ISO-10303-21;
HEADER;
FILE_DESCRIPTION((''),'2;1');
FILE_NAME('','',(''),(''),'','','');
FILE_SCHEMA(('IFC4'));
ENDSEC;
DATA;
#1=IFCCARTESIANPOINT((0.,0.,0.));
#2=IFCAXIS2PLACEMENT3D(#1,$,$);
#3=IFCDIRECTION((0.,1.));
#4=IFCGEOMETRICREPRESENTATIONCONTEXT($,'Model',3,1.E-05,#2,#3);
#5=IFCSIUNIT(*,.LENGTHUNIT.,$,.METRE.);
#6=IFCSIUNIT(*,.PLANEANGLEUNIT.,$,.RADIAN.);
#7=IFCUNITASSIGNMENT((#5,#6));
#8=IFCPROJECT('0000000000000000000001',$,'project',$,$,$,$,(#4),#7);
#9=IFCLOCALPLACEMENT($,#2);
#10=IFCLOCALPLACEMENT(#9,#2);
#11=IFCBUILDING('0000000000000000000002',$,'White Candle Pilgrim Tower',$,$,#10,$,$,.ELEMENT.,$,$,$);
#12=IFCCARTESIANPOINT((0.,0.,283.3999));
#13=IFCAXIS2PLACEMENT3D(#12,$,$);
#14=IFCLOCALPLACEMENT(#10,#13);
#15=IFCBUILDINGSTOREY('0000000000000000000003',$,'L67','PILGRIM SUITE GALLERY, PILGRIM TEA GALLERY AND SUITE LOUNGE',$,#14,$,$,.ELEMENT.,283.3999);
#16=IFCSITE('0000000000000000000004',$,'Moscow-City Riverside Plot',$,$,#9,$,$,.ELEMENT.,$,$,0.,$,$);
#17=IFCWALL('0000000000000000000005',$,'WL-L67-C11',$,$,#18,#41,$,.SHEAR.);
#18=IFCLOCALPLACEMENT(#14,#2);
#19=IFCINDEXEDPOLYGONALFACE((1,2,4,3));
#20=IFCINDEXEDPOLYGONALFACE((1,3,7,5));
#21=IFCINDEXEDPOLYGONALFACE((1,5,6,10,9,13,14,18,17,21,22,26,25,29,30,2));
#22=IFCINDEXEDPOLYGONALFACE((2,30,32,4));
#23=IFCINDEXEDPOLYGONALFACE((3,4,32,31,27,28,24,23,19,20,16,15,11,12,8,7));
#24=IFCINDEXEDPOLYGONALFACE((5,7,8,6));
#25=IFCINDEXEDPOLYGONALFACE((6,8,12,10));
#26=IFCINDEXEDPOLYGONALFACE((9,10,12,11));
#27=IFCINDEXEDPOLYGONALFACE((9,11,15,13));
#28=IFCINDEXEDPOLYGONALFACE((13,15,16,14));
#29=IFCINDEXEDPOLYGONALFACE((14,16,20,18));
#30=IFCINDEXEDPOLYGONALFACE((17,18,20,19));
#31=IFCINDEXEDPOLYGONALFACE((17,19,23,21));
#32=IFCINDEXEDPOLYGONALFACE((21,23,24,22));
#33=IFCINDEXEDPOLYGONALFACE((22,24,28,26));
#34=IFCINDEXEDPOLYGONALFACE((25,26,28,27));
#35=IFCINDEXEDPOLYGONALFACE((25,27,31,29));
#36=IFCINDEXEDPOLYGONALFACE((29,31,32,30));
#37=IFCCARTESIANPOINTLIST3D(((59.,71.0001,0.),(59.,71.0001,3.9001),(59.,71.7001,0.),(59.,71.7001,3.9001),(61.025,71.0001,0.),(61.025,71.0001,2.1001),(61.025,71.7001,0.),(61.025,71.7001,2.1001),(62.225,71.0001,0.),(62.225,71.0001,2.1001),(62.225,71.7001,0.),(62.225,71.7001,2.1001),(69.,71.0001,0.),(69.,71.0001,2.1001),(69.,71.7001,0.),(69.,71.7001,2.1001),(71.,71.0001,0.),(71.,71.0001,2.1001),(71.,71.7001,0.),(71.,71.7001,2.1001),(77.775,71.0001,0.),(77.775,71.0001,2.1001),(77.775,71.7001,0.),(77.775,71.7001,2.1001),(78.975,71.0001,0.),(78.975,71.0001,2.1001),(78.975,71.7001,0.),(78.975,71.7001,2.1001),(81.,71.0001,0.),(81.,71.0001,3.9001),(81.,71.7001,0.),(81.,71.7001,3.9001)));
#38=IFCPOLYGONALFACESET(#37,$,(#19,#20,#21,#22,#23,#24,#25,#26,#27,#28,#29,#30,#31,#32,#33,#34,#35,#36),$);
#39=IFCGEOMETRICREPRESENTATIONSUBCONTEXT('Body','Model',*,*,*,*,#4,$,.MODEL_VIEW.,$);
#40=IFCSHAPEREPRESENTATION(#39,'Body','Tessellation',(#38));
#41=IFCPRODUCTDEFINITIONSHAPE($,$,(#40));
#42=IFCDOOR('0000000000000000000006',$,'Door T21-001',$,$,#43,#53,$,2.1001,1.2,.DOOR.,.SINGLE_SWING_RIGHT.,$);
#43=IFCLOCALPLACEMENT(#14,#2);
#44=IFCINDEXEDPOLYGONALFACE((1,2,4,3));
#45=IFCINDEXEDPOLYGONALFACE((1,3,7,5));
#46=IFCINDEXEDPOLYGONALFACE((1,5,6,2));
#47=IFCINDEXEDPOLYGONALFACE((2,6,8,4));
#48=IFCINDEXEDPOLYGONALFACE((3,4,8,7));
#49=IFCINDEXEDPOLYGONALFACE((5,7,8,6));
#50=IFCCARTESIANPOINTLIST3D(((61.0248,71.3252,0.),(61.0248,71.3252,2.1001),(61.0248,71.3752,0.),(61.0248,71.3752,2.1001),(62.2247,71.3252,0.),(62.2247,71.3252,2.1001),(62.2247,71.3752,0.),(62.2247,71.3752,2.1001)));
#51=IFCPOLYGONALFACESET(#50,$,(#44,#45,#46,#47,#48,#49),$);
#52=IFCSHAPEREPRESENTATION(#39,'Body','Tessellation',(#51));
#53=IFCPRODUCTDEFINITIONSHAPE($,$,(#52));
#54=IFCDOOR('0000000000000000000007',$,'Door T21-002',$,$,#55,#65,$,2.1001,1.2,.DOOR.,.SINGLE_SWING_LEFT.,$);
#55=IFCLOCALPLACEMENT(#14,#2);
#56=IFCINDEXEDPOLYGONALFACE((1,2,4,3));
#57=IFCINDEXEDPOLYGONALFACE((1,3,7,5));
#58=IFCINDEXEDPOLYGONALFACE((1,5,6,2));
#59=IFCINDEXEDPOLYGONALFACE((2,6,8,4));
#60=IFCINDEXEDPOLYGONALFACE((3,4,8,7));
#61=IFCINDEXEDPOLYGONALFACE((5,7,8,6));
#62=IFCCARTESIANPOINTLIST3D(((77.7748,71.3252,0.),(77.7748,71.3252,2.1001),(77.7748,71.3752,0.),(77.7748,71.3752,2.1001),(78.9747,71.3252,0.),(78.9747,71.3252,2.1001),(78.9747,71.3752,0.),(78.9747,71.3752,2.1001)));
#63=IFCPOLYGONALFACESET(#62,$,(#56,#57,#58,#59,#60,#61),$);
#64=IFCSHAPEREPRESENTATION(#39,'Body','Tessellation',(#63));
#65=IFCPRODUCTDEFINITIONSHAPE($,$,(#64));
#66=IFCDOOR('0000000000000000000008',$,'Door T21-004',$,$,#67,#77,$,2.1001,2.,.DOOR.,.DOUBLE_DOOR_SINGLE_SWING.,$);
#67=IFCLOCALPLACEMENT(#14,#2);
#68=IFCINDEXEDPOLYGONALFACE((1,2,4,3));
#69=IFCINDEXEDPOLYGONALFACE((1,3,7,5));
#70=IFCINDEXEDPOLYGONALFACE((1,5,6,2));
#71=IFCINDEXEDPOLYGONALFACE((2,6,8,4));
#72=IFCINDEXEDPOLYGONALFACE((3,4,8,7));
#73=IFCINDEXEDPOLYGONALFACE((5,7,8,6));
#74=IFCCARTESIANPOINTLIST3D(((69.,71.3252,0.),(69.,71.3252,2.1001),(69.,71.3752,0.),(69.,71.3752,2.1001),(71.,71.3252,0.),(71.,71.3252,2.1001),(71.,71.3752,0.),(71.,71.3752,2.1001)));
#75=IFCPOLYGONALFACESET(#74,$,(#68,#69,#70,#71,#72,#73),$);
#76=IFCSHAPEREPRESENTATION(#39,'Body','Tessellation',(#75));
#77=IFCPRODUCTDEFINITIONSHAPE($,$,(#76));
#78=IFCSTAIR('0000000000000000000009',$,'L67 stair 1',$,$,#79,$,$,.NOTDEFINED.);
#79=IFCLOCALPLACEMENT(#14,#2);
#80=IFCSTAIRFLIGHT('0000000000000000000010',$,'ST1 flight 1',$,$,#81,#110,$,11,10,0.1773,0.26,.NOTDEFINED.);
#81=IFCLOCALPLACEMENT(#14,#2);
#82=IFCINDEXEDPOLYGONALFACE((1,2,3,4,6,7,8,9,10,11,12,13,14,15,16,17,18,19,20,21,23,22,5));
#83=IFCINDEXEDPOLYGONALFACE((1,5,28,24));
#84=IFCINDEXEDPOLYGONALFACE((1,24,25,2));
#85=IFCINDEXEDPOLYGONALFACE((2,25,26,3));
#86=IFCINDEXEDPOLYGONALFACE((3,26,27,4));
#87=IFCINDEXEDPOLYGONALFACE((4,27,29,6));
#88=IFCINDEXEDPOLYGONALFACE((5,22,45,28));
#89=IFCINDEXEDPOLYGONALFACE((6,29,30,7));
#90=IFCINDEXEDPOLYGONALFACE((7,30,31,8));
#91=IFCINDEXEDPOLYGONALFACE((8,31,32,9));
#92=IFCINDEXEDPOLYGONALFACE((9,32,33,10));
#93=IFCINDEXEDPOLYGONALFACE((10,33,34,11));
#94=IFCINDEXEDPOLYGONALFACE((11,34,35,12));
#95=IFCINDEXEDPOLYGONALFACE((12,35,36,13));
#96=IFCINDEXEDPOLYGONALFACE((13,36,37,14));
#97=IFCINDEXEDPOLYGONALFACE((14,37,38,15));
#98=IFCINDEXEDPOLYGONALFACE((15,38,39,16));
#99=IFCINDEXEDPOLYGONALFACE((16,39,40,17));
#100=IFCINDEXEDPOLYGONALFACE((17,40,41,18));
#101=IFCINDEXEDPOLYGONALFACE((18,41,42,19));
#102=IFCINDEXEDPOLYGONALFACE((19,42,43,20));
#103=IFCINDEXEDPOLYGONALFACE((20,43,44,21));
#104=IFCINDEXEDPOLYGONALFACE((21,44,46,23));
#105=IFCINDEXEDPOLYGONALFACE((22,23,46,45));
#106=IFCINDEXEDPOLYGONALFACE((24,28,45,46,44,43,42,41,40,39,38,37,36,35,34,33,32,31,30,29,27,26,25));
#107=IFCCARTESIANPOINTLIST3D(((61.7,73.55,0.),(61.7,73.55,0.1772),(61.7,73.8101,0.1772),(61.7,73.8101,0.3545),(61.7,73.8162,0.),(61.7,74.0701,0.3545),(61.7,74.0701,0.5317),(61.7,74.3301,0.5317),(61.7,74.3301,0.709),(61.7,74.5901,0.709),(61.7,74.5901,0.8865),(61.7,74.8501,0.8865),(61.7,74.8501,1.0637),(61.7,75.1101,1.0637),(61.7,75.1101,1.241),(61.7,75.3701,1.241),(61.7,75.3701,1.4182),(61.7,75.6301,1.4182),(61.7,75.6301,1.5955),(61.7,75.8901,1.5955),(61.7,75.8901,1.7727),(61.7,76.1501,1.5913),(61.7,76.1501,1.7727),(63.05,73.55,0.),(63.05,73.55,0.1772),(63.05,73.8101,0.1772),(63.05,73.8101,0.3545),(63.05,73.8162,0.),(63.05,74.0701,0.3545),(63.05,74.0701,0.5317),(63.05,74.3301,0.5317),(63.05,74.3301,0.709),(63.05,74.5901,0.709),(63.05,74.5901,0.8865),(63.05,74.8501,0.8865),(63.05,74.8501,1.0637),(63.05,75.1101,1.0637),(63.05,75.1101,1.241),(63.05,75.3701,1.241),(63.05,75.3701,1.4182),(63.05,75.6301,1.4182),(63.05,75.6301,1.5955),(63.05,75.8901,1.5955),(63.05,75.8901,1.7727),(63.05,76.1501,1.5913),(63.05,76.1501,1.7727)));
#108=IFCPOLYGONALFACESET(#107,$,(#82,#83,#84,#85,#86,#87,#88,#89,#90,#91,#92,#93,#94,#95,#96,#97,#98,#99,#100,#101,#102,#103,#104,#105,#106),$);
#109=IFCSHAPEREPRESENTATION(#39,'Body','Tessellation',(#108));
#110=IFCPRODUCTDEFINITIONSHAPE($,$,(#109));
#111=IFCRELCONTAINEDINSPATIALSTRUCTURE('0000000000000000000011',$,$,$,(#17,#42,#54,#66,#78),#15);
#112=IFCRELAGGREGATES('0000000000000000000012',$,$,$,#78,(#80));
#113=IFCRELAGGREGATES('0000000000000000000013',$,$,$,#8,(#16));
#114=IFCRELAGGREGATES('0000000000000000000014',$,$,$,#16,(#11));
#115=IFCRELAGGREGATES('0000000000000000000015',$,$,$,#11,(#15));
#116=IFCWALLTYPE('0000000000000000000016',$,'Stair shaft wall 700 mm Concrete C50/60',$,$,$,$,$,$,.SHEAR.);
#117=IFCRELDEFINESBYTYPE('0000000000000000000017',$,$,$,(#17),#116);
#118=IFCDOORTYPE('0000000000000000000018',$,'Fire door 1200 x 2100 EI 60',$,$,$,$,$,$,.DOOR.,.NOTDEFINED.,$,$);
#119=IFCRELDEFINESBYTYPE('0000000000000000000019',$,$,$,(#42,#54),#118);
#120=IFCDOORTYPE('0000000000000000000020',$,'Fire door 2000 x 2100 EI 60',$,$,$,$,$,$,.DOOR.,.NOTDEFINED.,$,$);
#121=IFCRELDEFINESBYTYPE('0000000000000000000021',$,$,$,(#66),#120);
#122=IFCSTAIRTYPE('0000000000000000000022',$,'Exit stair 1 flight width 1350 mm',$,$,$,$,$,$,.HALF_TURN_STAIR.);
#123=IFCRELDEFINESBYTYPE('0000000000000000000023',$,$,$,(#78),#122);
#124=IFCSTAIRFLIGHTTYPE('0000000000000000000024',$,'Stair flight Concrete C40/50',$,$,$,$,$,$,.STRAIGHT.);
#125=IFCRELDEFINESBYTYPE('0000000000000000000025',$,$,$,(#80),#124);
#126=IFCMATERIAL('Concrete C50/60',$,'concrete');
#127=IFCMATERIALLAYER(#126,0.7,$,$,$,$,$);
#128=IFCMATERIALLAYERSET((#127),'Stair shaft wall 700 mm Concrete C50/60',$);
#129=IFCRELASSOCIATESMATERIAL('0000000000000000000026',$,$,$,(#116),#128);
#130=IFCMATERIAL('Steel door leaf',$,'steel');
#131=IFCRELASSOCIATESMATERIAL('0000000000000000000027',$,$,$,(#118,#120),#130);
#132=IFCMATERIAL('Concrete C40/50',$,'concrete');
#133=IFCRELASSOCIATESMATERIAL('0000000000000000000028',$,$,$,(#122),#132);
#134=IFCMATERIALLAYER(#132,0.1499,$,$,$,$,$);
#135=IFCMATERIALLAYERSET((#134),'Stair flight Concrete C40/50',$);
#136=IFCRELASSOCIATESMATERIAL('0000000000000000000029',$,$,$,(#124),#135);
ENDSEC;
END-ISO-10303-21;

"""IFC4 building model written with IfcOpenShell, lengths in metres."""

from ifc_helpers import new_model, si_unit, direction, frame, frame_2d, origin, place, context, subcontext, project, spatial, polyline, rectangle, outline, extrude, material, layer, layer_set, type_object, element, fill, aggregate, save


model = new_model("IFC4")

# Units and contexts
model_context = context("Model", 3, precision=1e-05, world=origin(), true_north=direction((0.0, 1.0)))
body_context = subcontext(model_context, "Body", "Model", "MODEL_VIEW")
ifc_project = project(units=[si_unit("LENGTHUNIT", "METRE"), si_unit("PLANEANGLEUNIT", "RADIAN")], contexts=[model_context])

# Site, building, storey
site_placement = place(None, origin())
site = spatial("IfcSite", under=ifc_project, at=site_placement, Name="Moscow-City Riverside Plot", CompositionType="ELEMENT", RefElevation=0.0)
building_placement = place(site_placement, origin())
building = spatial("IfcBuilding", under=site, at=building_placement, Name="White Candle Pilgrim Tower", CompositionType="ELEMENT")
storey_placement = place(building_placement, frame((0.0, 0.0, 283.3999)))
storey = spatial("IfcBuildingStorey", under=building, at=storey_placement, Name="L67", Description="PILGRIM SUITE GALLERY, PILGRIM TEA GALLERY AND SUITE LOUNGE", CompositionType="ELEMENT", Elevation=283.3999)

# Shared definitions
ifc_material_1 = material(Name="Steel door leaf", Category="steel")

# Shared definitions
ifc_material_2 = material(Name="Concrete C50/60", Category="concrete")

# Wall, openings, doors
ifc_layer_1 = layer(ifc_material_2, 0.7)
ifc_layer_set_1 = layer_set([ifc_layer_1], Name="Stair shaft wall 700 mm Concrete C50/60")
wall_type_1 = type_object("IfcWallType", Name="Stair shaft wall 700 mm Concrete C50/60", PredefinedType="SHEAR", material=ifc_layer_set_1)
wall_1_placement = place(storey_placement, frame((59.0, 71.3501, 0.0), z_axis=(0.0, 0.0, 1.0), x_axis=(1.0, 0.0, 0.0)))
wall_1 = element("IfcWall", 1, at=wall_1_placement, inside=storey, type_object=wall_type_1, Name="WL-L67-C11", PredefinedType="SHEAR", context=body_context, shape_type="SweptSolid", body=[
    extrude(rectangle(XDim=22.0, YDim=0.7, at=frame_2d((11.0, 0.0))), origin(), (0.0, 0.0, 1.0), 3.9001),
])
opening_1_placement = place(wall_1_placement, frame((2.0249, 0.0, 0.0)))
opening_1 = element("IfcOpeningElement", 2, at=opening_1_placement, cuts=wall_1, PredefinedType="OPENING", context=body_context, shape_type="SweptSolid", body=[
    extrude(rectangle(XDim=1.2, YDim=2.1001, at=frame_2d((0.6001, 1.05))), frame((0.0, 0.3599, 0.0), z_axis=(0.0, -1.0, 0.0), x_axis=(1.0, 0.0, 0.0)), (0.0, 0.0, 1.0), 0.72),
])
opening_2_placement = place(wall_1_placement, frame((18.7749, 0.0, 0.0)))
opening_2 = element("IfcOpeningElement", 3, at=opening_2_placement, cuts=wall_1, PredefinedType="OPENING", context=body_context, shape_type="SweptSolid", body=[
    extrude(rectangle(XDim=1.2, YDim=2.1001, at=frame_2d((0.6001, 1.05))), frame((0.0, 0.3599, 0.0), z_axis=(0.0, -1.0, 0.0), x_axis=(1.0, 0.0, 0.0)), (0.0, 0.0, 1.0), 0.72),
])
opening_3_placement = place(wall_1_placement, frame((10.0, 0.0, 0.0)))
opening_3 = element("IfcOpeningElement", 4, at=opening_3_placement, cuts=wall_1, PredefinedType="OPENING", context=body_context, shape_type="SweptSolid", body=[
    extrude(rectangle(XDim=2.0, YDim=2.1001, at=frame_2d((1.0, 1.05))), frame((0.0, 0.3599, 0.0), z_axis=(0.0, -1.0, 0.0), x_axis=(1.0, 0.0, 0.0)), (0.0, 0.0, 1.0), 0.72),
])
door_type_1 = type_object("IfcDoorType", Name="Fire door 1200 x 2100 EI 60", OperationType="NOTDEFINED", PredefinedType="DOOR", material=ifc_material_1)
door_1_placement = place(opening_1_placement, frame((1.2, 0.0, 0.0), z_axis=(0.0, 0.0, 1.0), x_axis=(-1.0, 0.0, 0.0)))
door_1 = element("IfcDoor", 5, at=door_1_placement, inside=storey, type_object=door_type_1, Name="Door T21-001", OperationType="SINGLE_SWING_RIGHT", OverallHeight=2.1001, OverallWidth=1.2, PredefinedType="DOOR", context=body_context, shape_type="SweptSolid", body=[
    extrude(rectangle(XDim=1.2, YDim=2.1001, at=frame_2d((0.6001, 1.05))), frame((0.0, 0.0249, 0.0), z_axis=(0.0, -1.0, 0.0), x_axis=(1.0, 0.0, 0.0)), (0.0, 0.0, 1.0), 0.05),
])
fill(opening_1, door_1)
door_2_placement = place(opening_2_placement, frame((1.2, 0.0, 0.0), z_axis=(0.0, 0.0, 1.0), x_axis=(-1.0, 0.0, 0.0)))
door_2 = element("IfcDoor", 6, at=door_2_placement, inside=storey, type_object=door_type_1, Name="Door T21-002", OperationType="SINGLE_SWING_LEFT", OverallHeight=2.1001, OverallWidth=1.2, PredefinedType="DOOR", context=body_context, shape_type="SweptSolid", body=[
    extrude(rectangle(XDim=1.2, YDim=2.1001, at=frame_2d((0.6001, 1.05))), frame((0.0, 0.0249, 0.0), z_axis=(0.0, -1.0, 0.0), x_axis=(1.0, 0.0, 0.0)), (0.0, 0.0, 1.0), 0.05),
])
fill(opening_2, door_2)
door_type_2 = type_object("IfcDoorType", Name="Fire door 2000 x 2100 EI 60", OperationType="NOTDEFINED", PredefinedType="DOOR", material=ifc_material_1)
door_3_placement = place(opening_3_placement, frame((2.0, 0.0, 0.0), z_axis=(0.0, 0.0, 1.0), x_axis=(-1.0, 0.0, 0.0)))
door_3 = element("IfcDoor", 7, at=door_3_placement, inside=storey, type_object=door_type_2, Name="Door T21-004", OperationType="DOUBLE_DOOR_SINGLE_SWING", OverallHeight=2.1001, OverallWidth=2.0, PredefinedType="DOOR", context=body_context, shape_type="SweptSolid", body=[
    extrude(rectangle(XDim=2.0, YDim=2.1001, at=frame_2d((1.0, 1.05))), frame((0.0, 0.0249, 0.0), z_axis=(0.0, -1.0, 0.0), x_axis=(1.0, 0.0, 0.0)), (0.0, 0.0, 1.0), 0.05),
])
fill(opening_3, door_3)

# Stair, stair flight
ifc_material_3 = material(Name="Concrete C40/50", Category="concrete")
stair_type = type_object("IfcStairType", Name="Exit stair 1 flight width 1350 mm", PredefinedType="HALF_TURN_STAIR", material=ifc_material_3)
stair_placement = place(storey_placement, origin())
stair = element("IfcStair", 8, at=stair_placement, inside=storey, type_object=stair_type, Name="L67 stair 1", PredefinedType="NOTDEFINED")
ifc_layer_2 = layer(ifc_material_3, 0.1499)
ifc_layer_set_2 = layer_set([ifc_layer_2], Name="Stair flight Concrete C40/50")
stair_flight_type = type_object("IfcStairFlightType", Name="Stair flight Concrete C40/50", PredefinedType="STRAIGHT", material=ifc_layer_set_2)
stair_flight_placement = place(storey_placement, frame((62.375, 73.55, 0.0), z_axis=(0.0, 0.0, 1.0), x_axis=(0.0, 1.0, 0.0)))
stair_flight = element("IfcStairFlight", 9, at=stair_flight_placement, type_object=stair_flight_type, Name="ST1 flight 1", NumberOfRisers=11, NumberOfTreads=10, PredefinedType="NOTDEFINED", RiserHeight=0.1773, TreadLength=0.26, context=body_context, shape_type="SweptSolid", body=[
    extrude(outline(polyline([(0.0, 0.0), (0.0, 0.1772), (0.26, 0.1772), (0.26, 0.3545), (0.52, 0.3545), (0.52, 0.5317), (0.78, 0.5317), (0.78, 0.709), (1.04, 0.709), (1.04, 0.8865), (1.3, 0.8865), (1.3, 1.0637), (1.5601, 1.0637), (1.5601, 1.241), (1.8201, 1.241), (1.8201, 1.4182), (2.0801, 1.4182), (2.0801, 1.5955), (2.3401, 1.5955), (2.3401, 1.7727), (2.6001, 1.7727), (2.6001, 1.95), (2.6001, 1.5913), (0.2661, 0.0), (0.0, 0.0)])), frame((0.0, 0.675, 0.0), z_axis=(0.0, -1.0, 0.0), x_axis=(1.0, 0.0, 0.0)), (0.0, 0.0, 1.0), 1.3501),
])
aggregate(stair, [stair_flight])

save(model, "model.ifc")
